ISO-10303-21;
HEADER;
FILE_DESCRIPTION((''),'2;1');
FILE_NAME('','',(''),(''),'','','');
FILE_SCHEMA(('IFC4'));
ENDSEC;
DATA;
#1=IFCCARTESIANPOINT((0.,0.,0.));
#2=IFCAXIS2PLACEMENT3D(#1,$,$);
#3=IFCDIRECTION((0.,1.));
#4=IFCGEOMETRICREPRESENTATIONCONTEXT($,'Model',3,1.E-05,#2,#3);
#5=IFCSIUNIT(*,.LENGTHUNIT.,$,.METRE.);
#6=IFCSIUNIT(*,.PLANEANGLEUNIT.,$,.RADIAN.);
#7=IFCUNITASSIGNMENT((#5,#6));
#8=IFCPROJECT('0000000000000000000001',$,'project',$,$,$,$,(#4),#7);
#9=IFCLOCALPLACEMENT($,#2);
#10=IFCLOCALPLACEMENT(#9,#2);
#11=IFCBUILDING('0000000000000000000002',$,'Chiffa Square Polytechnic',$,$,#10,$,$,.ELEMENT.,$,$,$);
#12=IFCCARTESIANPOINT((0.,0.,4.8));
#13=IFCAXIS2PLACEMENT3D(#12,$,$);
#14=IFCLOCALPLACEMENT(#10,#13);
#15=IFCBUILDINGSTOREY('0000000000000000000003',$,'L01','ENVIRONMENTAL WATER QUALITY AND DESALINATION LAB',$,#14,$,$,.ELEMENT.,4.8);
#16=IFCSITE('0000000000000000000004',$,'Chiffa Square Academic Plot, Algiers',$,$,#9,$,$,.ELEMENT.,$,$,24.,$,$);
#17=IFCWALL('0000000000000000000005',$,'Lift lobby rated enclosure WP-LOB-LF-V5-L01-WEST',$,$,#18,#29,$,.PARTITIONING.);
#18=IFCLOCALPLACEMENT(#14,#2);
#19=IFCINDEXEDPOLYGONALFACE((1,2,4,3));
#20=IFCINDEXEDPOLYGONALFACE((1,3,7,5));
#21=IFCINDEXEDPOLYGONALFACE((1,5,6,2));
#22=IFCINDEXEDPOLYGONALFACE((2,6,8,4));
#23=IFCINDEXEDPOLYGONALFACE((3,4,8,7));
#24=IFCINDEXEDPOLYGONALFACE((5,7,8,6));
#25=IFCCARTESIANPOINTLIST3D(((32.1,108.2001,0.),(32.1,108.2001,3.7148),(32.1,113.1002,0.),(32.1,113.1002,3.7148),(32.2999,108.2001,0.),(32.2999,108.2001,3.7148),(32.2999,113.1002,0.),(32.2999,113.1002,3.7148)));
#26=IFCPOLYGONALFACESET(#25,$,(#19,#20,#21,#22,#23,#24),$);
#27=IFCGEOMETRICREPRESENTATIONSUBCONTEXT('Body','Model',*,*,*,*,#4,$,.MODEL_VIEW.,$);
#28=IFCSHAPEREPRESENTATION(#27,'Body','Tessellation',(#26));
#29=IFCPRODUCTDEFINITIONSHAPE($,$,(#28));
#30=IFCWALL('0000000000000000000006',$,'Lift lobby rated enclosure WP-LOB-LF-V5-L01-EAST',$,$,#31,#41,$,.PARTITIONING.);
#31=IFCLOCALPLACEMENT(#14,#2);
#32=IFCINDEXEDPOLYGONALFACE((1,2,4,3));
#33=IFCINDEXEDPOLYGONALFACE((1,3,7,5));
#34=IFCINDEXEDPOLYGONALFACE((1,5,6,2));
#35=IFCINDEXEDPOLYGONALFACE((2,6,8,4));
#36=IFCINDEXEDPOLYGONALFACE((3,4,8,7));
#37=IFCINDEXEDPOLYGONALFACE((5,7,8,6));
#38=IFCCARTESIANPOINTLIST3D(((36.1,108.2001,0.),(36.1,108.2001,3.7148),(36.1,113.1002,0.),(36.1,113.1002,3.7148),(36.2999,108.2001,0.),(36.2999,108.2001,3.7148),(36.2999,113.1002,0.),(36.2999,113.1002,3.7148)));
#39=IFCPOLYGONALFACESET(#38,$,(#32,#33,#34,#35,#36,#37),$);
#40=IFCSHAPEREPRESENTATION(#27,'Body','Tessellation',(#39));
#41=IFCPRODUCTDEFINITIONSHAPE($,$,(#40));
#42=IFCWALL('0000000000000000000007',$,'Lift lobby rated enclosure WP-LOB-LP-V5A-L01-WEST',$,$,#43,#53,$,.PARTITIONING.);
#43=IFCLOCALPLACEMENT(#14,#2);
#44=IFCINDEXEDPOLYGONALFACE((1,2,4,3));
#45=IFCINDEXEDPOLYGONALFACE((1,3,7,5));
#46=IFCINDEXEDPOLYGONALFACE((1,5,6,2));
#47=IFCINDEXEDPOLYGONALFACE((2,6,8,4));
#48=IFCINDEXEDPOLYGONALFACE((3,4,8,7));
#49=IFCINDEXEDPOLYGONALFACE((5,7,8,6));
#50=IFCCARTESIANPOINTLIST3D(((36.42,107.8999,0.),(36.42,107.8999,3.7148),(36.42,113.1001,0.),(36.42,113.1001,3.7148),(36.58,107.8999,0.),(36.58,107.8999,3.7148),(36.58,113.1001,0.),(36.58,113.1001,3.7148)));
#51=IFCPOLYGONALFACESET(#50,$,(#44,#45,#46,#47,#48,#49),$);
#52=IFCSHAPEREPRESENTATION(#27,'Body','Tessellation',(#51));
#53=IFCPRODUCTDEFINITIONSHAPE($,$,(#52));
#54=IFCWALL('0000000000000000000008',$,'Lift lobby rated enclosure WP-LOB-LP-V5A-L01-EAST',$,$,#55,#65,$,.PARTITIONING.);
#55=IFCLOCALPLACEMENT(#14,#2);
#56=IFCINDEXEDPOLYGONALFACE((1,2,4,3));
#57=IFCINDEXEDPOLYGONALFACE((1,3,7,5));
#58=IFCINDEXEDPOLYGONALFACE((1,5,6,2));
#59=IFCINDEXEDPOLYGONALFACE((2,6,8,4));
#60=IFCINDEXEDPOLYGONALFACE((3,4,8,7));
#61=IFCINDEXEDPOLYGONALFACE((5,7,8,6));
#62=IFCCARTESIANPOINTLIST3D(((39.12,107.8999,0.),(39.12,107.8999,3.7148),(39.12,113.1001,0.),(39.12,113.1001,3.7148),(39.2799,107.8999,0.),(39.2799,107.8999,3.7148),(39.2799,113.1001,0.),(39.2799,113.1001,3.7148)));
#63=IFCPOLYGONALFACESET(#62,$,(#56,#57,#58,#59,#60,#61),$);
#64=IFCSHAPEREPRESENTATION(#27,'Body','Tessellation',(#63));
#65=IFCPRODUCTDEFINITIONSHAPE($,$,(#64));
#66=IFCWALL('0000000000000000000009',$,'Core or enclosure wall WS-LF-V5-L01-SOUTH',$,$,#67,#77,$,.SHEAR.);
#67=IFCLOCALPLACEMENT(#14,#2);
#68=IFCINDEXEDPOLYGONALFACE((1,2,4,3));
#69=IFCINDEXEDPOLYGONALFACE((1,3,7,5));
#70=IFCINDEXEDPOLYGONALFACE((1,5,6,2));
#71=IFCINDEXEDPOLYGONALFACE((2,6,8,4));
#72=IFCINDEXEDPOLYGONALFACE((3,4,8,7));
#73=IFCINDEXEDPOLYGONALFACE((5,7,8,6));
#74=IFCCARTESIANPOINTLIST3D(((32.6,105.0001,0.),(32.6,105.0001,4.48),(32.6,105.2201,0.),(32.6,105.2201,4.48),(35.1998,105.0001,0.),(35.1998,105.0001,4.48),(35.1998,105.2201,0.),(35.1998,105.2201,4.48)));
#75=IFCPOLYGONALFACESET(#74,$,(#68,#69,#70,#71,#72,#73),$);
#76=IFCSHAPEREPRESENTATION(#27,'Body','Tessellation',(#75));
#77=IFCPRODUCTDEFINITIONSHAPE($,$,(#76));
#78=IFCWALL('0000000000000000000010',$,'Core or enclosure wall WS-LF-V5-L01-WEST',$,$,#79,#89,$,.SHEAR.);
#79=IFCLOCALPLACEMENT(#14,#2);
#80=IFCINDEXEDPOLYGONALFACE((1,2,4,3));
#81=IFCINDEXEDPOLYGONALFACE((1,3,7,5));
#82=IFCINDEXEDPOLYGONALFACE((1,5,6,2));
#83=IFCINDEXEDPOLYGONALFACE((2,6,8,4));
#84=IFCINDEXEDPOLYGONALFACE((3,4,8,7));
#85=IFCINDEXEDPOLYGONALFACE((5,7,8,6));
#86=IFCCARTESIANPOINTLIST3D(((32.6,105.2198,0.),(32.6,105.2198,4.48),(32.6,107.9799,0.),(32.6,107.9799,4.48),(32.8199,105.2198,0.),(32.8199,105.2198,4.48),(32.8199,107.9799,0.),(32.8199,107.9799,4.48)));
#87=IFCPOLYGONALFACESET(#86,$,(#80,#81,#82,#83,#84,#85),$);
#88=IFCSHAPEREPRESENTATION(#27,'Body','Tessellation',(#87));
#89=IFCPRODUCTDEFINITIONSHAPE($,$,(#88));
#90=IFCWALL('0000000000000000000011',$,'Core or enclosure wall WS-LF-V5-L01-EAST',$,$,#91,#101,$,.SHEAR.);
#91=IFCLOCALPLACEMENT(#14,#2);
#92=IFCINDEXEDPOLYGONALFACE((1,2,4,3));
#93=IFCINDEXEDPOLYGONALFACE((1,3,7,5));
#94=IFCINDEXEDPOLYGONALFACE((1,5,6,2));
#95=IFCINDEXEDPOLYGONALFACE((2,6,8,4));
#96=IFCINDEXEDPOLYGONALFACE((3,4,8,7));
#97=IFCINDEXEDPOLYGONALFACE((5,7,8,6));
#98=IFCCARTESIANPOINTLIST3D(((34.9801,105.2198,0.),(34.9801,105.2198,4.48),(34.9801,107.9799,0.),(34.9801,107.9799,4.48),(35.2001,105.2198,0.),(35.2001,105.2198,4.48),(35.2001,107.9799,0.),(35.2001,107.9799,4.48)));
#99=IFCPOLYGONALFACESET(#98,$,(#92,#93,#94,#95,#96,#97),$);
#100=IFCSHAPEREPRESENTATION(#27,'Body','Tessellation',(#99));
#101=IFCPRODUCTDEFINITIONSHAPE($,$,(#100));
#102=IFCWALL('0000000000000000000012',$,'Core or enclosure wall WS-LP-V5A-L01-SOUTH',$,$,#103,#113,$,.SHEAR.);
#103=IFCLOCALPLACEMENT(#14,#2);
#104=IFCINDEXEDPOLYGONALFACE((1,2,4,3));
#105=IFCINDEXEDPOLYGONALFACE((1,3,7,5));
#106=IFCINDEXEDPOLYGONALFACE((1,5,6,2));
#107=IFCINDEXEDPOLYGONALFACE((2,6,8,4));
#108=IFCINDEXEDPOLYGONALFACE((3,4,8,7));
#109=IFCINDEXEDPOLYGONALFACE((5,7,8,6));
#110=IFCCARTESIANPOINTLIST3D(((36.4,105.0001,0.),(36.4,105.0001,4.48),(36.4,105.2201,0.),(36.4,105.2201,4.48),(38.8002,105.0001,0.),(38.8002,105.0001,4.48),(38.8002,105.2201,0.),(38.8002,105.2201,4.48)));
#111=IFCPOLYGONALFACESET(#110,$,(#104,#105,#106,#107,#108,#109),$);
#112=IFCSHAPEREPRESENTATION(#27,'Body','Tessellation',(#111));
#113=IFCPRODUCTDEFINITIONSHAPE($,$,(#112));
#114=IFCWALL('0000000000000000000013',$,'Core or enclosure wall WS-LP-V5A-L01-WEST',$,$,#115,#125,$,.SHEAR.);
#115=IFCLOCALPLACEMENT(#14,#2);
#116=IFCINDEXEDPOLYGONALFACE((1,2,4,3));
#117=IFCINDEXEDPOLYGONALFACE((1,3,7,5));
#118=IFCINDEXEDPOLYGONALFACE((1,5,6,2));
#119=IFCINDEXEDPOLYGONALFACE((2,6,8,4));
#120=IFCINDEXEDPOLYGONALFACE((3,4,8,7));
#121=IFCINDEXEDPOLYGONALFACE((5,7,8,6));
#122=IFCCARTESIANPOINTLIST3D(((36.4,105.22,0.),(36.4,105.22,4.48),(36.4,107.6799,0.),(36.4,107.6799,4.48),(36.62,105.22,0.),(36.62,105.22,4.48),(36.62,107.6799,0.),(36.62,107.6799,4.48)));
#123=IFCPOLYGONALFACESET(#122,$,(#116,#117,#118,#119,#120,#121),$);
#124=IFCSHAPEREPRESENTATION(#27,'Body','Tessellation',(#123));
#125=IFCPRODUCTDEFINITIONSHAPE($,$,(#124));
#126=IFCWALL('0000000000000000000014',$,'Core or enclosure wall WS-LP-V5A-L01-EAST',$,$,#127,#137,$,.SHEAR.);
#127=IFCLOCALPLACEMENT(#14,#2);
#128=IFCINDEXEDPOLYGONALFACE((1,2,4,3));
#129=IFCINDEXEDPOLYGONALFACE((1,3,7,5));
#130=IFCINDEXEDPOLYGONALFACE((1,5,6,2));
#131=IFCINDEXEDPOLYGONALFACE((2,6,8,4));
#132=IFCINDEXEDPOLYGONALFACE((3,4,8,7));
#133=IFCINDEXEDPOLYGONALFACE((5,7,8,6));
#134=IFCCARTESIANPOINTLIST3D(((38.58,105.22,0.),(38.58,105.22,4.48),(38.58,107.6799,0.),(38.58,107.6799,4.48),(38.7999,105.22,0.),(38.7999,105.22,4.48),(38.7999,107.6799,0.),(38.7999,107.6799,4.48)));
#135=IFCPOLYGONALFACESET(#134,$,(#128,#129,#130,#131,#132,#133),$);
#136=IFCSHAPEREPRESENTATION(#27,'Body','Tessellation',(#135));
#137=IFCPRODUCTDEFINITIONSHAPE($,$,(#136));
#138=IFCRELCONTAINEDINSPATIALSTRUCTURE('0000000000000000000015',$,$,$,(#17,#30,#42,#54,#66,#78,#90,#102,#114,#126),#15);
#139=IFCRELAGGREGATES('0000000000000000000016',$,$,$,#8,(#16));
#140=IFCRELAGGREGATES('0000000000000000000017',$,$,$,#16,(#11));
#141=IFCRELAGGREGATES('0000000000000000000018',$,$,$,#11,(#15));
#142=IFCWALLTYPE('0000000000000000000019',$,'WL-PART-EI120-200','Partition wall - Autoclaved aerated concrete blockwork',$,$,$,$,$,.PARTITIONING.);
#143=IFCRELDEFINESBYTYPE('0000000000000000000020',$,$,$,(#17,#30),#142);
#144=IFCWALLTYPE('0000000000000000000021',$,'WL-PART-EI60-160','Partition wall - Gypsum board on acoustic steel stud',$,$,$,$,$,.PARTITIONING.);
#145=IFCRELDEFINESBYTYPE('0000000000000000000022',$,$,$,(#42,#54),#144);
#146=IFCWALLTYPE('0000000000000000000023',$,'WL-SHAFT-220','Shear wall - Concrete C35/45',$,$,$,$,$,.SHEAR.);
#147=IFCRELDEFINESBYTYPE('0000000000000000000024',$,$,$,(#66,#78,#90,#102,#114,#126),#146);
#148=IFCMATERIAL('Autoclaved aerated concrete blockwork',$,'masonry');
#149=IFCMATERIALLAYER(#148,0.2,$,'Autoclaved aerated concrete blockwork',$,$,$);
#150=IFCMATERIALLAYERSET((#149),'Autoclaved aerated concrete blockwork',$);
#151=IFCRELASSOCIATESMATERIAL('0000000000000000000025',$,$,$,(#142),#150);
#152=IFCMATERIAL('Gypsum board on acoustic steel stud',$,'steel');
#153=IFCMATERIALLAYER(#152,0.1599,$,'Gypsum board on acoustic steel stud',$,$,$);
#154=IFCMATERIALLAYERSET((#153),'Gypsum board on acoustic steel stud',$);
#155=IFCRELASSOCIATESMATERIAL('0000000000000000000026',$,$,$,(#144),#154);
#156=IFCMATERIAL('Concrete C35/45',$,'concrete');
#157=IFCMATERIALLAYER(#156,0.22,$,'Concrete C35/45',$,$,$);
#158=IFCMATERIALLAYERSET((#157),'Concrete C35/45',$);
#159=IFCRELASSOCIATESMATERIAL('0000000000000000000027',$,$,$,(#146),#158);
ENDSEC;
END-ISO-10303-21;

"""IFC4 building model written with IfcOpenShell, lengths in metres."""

from ifc_helpers import new_model, si_unit, direction, frame, frame_2d, origin, place, context, subcontext, project, spatial, rectangle, extrude, material, layer, layer_set, type_object, element, save


model = new_model("IFC4")

# Units and contexts
model_context = context("Model", 3, precision=1e-05, world=origin(), true_north=direction((0.0, 1.0)))
body_context = subcontext(model_context, "Body", "Model", "MODEL_VIEW")
ifc_project = project(units=[si_unit("LENGTHUNIT", "METRE"), si_unit("PLANEANGLEUNIT", "RADIAN")], contexts=[model_context])

# Site, building, storey
site_placement = place(None, origin())
site = spatial("IfcSite", under=ifc_project, at=site_placement, Name="Chiffa Square Academic Plot, Algiers", CompositionType="ELEMENT", RefElevation=24.0)
building_placement = place(site_placement, origin())
building = spatial("IfcBuilding", under=site, at=building_placement, Name="Chiffa Square Polytechnic", CompositionType="ELEMENT")
storey_placement = place(building_placement, frame((0.0, 0.0, 4.8)))
storey = spatial("IfcBuildingStorey", under=building, at=storey_placement, Name="L01", Description="ENVIRONMENTAL WATER QUALITY AND DESALINATION LAB", CompositionType="ELEMENT", Elevation=4.8)

# Shared definitions
ifc_material_1 = material(Name="Concrete C35/45", Category="concrete")

# Walls
ifc_material_2 = material(Name="Autoclaved aerated concrete blockwork", Category="masonry")
ifc_layer_1 = layer(ifc_material_2, 0.2, Name="Autoclaved aerated concrete blockwork")
ifc_layer_set_1 = layer_set([ifc_layer_1], Name="Autoclaved aerated concrete blockwork")
wall_type_1 = type_object("IfcWallType", Name="WL-PART-EI120-200", Description="Partition wall - Autoclaved aerated concrete blockwork", PredefinedType="PARTITIONING", material=ifc_layer_set_1)
for number, where, z_axis, x_axis, name in (
    (1, (32.2, 108.2, 0.0), (0.0, 0.0, 1.0), (0.0, 1.0, 0.0), "Lift lobby rated enclosure WP-LOB-LF-V5-L01-WEST"),
    (2, (36.2, 108.2, 0.0), (0.0, 0.0, 1.0), (0.0, 1.0, 0.0), "Lift lobby rated enclosure WP-LOB-LF-V5-L01-EAST"),
):
    element("IfcWall", number, at=place(storey_placement, frame(where, z_axis=z_axis, x_axis=x_axis)), inside=storey, type_object=wall_type_1, Name=name, PredefinedType="PARTITIONING", context=body_context, shape_type="SweptSolid", body=[
        extrude(rectangle(XDim=4.9001, YDim=0.2, at=frame_2d((2.4502, 0.0))), origin(), (0.0, 0.0, 1.0), 3.7148),
    ])
ifc_material_3 = material(Name="Gypsum board on acoustic steel stud", Category="steel")
ifc_layer_2 = layer(ifc_material_3, 0.1599, Name="Gypsum board on acoustic steel stud")
ifc_layer_set_2 = layer_set([ifc_layer_2], Name="Gypsum board on acoustic steel stud")
wall_type_2 = type_object("IfcWallType", Name="WL-PART-EI60-160", Description="Partition wall - Gypsum board on acoustic steel stud", PredefinedType="PARTITIONING", material=ifc_layer_set_2)
for number, where, z_axis, x_axis, name in (
    (3, (36.5, 107.8999, 0.0), (0.0, 0.0, 1.0), (0.0, 1.0, 0.0), "Lift lobby rated enclosure WP-LOB-LP-V5A-L01-WEST"),
    (4, (39.2, 107.8999, 0.0), (0.0, 0.0, 1.0), (0.0, 1.0, 0.0), "Lift lobby rated enclosure WP-LOB-LP-V5A-L01-EAST"),
):
    element("IfcWall", number, at=place(storey_placement, frame(where, z_axis=z_axis, x_axis=x_axis)), inside=storey, type_object=wall_type_2, Name=name, PredefinedType="PARTITIONING", context=body_context, shape_type="SweptSolid", body=[
        extrude(rectangle(XDim=5.2002, YDim=0.1599, at=frame_2d((2.6001, 0.0))), origin(), (0.0, 0.0, 1.0), 3.7148),
    ])
ifc_layer_3 = layer(ifc_material_1, 0.22, Name="Concrete C35/45")
ifc_layer_set_3 = layer_set([ifc_layer_3], Name="Concrete C35/45")
wall_type_3 = type_object("IfcWallType", Name="WL-SHAFT-220", Description="Shear wall - Concrete C35/45", PredefinedType="SHEAR", material=ifc_layer_set_3)
wall_1_placement = place(storey_placement, frame((32.6001, 105.1101, 0.0), z_axis=(0.0, 0.0, 1.0), x_axis=(1.0, 0.0, 0.0)))
element("IfcWall", 5, at=wall_1_placement, inside=storey, type_object=wall_type_3, Name="Core or enclosure wall WS-LF-V5-L01-SOUTH", PredefinedType="SHEAR", context=body_context, shape_type="SweptSolid", body=[
    extrude(rectangle(XDim=2.5999, YDim=0.22, at=frame_2d((1.2998, 0.0))), origin(), (0.0, 0.0, 1.0), 4.48),
])

# Walls
for number, where, z_axis, x_axis, name in (
    (6, (32.71, 105.22, 0.0), (0.0, 0.0, 1.0), (0.0, 1.0, 0.0), "Core or enclosure wall WS-LF-V5-L01-WEST"),
    (7, (35.0901, 105.22, 0.0), (0.0, 0.0, 1.0), (0.0, 1.0, 0.0), "Core or enclosure wall WS-LF-V5-L01-EAST"),
):
    element("IfcWall", number, at=place(storey_placement, frame(where, z_axis=z_axis, x_axis=x_axis)), inside=storey, type_object=wall_type_3, Name=name, PredefinedType="SHEAR", context=body_context, shape_type="SweptSolid", body=[
        extrude(rectangle(XDim=2.76, YDim=0.22, at=frame_2d((1.3799, 0.0))), origin(), (0.0, 0.0, 1.0), 4.48),
    ])
wall_2_placement = place(storey_placement, frame((36.3999, 105.1101, 0.0), z_axis=(0.0, 0.0, 1.0), x_axis=(1.0, 0.0, 0.0)))
element("IfcWall", 8, at=wall_2_placement, inside=storey, type_object=wall_type_3, Name="Core or enclosure wall WS-LP-V5A-L01-SOUTH", PredefinedType="SHEAR", context=body_context, shape_type="SweptSolid", body=[
    extrude(rectangle(XDim=2.4001, YDim=0.22, at=frame_2d((1.2002, 0.0))), origin(), (0.0, 0.0, 1.0), 4.48),
])

# Walls
for number, where, z_axis, x_axis, name in (
    (9, (36.51, 105.22, 0.0), (0.0, 0.0, 1.0), (0.0, 1.0, 0.0), "Core or enclosure wall WS-LP-V5A-L01-WEST"),
    (10, (38.6899, 105.22, 0.0), (0.0, 0.0, 1.0), (0.0, 1.0, 0.0), "Core or enclosure wall WS-LP-V5A-L01-EAST"),
):
    element("IfcWall", number, at=place(storey_placement, frame(where, z_axis=z_axis, x_axis=x_axis)), inside=storey, type_object=wall_type_3, Name=name, PredefinedType="SHEAR", context=body_context, shape_type="SweptSolid", body=[
        extrude(rectangle(XDim=2.46, YDim=0.22, at=frame_2d((1.23, 0.0))), origin(), (0.0, 0.0, 1.0), 4.48),
    ])

save(model, "model.ifc")
